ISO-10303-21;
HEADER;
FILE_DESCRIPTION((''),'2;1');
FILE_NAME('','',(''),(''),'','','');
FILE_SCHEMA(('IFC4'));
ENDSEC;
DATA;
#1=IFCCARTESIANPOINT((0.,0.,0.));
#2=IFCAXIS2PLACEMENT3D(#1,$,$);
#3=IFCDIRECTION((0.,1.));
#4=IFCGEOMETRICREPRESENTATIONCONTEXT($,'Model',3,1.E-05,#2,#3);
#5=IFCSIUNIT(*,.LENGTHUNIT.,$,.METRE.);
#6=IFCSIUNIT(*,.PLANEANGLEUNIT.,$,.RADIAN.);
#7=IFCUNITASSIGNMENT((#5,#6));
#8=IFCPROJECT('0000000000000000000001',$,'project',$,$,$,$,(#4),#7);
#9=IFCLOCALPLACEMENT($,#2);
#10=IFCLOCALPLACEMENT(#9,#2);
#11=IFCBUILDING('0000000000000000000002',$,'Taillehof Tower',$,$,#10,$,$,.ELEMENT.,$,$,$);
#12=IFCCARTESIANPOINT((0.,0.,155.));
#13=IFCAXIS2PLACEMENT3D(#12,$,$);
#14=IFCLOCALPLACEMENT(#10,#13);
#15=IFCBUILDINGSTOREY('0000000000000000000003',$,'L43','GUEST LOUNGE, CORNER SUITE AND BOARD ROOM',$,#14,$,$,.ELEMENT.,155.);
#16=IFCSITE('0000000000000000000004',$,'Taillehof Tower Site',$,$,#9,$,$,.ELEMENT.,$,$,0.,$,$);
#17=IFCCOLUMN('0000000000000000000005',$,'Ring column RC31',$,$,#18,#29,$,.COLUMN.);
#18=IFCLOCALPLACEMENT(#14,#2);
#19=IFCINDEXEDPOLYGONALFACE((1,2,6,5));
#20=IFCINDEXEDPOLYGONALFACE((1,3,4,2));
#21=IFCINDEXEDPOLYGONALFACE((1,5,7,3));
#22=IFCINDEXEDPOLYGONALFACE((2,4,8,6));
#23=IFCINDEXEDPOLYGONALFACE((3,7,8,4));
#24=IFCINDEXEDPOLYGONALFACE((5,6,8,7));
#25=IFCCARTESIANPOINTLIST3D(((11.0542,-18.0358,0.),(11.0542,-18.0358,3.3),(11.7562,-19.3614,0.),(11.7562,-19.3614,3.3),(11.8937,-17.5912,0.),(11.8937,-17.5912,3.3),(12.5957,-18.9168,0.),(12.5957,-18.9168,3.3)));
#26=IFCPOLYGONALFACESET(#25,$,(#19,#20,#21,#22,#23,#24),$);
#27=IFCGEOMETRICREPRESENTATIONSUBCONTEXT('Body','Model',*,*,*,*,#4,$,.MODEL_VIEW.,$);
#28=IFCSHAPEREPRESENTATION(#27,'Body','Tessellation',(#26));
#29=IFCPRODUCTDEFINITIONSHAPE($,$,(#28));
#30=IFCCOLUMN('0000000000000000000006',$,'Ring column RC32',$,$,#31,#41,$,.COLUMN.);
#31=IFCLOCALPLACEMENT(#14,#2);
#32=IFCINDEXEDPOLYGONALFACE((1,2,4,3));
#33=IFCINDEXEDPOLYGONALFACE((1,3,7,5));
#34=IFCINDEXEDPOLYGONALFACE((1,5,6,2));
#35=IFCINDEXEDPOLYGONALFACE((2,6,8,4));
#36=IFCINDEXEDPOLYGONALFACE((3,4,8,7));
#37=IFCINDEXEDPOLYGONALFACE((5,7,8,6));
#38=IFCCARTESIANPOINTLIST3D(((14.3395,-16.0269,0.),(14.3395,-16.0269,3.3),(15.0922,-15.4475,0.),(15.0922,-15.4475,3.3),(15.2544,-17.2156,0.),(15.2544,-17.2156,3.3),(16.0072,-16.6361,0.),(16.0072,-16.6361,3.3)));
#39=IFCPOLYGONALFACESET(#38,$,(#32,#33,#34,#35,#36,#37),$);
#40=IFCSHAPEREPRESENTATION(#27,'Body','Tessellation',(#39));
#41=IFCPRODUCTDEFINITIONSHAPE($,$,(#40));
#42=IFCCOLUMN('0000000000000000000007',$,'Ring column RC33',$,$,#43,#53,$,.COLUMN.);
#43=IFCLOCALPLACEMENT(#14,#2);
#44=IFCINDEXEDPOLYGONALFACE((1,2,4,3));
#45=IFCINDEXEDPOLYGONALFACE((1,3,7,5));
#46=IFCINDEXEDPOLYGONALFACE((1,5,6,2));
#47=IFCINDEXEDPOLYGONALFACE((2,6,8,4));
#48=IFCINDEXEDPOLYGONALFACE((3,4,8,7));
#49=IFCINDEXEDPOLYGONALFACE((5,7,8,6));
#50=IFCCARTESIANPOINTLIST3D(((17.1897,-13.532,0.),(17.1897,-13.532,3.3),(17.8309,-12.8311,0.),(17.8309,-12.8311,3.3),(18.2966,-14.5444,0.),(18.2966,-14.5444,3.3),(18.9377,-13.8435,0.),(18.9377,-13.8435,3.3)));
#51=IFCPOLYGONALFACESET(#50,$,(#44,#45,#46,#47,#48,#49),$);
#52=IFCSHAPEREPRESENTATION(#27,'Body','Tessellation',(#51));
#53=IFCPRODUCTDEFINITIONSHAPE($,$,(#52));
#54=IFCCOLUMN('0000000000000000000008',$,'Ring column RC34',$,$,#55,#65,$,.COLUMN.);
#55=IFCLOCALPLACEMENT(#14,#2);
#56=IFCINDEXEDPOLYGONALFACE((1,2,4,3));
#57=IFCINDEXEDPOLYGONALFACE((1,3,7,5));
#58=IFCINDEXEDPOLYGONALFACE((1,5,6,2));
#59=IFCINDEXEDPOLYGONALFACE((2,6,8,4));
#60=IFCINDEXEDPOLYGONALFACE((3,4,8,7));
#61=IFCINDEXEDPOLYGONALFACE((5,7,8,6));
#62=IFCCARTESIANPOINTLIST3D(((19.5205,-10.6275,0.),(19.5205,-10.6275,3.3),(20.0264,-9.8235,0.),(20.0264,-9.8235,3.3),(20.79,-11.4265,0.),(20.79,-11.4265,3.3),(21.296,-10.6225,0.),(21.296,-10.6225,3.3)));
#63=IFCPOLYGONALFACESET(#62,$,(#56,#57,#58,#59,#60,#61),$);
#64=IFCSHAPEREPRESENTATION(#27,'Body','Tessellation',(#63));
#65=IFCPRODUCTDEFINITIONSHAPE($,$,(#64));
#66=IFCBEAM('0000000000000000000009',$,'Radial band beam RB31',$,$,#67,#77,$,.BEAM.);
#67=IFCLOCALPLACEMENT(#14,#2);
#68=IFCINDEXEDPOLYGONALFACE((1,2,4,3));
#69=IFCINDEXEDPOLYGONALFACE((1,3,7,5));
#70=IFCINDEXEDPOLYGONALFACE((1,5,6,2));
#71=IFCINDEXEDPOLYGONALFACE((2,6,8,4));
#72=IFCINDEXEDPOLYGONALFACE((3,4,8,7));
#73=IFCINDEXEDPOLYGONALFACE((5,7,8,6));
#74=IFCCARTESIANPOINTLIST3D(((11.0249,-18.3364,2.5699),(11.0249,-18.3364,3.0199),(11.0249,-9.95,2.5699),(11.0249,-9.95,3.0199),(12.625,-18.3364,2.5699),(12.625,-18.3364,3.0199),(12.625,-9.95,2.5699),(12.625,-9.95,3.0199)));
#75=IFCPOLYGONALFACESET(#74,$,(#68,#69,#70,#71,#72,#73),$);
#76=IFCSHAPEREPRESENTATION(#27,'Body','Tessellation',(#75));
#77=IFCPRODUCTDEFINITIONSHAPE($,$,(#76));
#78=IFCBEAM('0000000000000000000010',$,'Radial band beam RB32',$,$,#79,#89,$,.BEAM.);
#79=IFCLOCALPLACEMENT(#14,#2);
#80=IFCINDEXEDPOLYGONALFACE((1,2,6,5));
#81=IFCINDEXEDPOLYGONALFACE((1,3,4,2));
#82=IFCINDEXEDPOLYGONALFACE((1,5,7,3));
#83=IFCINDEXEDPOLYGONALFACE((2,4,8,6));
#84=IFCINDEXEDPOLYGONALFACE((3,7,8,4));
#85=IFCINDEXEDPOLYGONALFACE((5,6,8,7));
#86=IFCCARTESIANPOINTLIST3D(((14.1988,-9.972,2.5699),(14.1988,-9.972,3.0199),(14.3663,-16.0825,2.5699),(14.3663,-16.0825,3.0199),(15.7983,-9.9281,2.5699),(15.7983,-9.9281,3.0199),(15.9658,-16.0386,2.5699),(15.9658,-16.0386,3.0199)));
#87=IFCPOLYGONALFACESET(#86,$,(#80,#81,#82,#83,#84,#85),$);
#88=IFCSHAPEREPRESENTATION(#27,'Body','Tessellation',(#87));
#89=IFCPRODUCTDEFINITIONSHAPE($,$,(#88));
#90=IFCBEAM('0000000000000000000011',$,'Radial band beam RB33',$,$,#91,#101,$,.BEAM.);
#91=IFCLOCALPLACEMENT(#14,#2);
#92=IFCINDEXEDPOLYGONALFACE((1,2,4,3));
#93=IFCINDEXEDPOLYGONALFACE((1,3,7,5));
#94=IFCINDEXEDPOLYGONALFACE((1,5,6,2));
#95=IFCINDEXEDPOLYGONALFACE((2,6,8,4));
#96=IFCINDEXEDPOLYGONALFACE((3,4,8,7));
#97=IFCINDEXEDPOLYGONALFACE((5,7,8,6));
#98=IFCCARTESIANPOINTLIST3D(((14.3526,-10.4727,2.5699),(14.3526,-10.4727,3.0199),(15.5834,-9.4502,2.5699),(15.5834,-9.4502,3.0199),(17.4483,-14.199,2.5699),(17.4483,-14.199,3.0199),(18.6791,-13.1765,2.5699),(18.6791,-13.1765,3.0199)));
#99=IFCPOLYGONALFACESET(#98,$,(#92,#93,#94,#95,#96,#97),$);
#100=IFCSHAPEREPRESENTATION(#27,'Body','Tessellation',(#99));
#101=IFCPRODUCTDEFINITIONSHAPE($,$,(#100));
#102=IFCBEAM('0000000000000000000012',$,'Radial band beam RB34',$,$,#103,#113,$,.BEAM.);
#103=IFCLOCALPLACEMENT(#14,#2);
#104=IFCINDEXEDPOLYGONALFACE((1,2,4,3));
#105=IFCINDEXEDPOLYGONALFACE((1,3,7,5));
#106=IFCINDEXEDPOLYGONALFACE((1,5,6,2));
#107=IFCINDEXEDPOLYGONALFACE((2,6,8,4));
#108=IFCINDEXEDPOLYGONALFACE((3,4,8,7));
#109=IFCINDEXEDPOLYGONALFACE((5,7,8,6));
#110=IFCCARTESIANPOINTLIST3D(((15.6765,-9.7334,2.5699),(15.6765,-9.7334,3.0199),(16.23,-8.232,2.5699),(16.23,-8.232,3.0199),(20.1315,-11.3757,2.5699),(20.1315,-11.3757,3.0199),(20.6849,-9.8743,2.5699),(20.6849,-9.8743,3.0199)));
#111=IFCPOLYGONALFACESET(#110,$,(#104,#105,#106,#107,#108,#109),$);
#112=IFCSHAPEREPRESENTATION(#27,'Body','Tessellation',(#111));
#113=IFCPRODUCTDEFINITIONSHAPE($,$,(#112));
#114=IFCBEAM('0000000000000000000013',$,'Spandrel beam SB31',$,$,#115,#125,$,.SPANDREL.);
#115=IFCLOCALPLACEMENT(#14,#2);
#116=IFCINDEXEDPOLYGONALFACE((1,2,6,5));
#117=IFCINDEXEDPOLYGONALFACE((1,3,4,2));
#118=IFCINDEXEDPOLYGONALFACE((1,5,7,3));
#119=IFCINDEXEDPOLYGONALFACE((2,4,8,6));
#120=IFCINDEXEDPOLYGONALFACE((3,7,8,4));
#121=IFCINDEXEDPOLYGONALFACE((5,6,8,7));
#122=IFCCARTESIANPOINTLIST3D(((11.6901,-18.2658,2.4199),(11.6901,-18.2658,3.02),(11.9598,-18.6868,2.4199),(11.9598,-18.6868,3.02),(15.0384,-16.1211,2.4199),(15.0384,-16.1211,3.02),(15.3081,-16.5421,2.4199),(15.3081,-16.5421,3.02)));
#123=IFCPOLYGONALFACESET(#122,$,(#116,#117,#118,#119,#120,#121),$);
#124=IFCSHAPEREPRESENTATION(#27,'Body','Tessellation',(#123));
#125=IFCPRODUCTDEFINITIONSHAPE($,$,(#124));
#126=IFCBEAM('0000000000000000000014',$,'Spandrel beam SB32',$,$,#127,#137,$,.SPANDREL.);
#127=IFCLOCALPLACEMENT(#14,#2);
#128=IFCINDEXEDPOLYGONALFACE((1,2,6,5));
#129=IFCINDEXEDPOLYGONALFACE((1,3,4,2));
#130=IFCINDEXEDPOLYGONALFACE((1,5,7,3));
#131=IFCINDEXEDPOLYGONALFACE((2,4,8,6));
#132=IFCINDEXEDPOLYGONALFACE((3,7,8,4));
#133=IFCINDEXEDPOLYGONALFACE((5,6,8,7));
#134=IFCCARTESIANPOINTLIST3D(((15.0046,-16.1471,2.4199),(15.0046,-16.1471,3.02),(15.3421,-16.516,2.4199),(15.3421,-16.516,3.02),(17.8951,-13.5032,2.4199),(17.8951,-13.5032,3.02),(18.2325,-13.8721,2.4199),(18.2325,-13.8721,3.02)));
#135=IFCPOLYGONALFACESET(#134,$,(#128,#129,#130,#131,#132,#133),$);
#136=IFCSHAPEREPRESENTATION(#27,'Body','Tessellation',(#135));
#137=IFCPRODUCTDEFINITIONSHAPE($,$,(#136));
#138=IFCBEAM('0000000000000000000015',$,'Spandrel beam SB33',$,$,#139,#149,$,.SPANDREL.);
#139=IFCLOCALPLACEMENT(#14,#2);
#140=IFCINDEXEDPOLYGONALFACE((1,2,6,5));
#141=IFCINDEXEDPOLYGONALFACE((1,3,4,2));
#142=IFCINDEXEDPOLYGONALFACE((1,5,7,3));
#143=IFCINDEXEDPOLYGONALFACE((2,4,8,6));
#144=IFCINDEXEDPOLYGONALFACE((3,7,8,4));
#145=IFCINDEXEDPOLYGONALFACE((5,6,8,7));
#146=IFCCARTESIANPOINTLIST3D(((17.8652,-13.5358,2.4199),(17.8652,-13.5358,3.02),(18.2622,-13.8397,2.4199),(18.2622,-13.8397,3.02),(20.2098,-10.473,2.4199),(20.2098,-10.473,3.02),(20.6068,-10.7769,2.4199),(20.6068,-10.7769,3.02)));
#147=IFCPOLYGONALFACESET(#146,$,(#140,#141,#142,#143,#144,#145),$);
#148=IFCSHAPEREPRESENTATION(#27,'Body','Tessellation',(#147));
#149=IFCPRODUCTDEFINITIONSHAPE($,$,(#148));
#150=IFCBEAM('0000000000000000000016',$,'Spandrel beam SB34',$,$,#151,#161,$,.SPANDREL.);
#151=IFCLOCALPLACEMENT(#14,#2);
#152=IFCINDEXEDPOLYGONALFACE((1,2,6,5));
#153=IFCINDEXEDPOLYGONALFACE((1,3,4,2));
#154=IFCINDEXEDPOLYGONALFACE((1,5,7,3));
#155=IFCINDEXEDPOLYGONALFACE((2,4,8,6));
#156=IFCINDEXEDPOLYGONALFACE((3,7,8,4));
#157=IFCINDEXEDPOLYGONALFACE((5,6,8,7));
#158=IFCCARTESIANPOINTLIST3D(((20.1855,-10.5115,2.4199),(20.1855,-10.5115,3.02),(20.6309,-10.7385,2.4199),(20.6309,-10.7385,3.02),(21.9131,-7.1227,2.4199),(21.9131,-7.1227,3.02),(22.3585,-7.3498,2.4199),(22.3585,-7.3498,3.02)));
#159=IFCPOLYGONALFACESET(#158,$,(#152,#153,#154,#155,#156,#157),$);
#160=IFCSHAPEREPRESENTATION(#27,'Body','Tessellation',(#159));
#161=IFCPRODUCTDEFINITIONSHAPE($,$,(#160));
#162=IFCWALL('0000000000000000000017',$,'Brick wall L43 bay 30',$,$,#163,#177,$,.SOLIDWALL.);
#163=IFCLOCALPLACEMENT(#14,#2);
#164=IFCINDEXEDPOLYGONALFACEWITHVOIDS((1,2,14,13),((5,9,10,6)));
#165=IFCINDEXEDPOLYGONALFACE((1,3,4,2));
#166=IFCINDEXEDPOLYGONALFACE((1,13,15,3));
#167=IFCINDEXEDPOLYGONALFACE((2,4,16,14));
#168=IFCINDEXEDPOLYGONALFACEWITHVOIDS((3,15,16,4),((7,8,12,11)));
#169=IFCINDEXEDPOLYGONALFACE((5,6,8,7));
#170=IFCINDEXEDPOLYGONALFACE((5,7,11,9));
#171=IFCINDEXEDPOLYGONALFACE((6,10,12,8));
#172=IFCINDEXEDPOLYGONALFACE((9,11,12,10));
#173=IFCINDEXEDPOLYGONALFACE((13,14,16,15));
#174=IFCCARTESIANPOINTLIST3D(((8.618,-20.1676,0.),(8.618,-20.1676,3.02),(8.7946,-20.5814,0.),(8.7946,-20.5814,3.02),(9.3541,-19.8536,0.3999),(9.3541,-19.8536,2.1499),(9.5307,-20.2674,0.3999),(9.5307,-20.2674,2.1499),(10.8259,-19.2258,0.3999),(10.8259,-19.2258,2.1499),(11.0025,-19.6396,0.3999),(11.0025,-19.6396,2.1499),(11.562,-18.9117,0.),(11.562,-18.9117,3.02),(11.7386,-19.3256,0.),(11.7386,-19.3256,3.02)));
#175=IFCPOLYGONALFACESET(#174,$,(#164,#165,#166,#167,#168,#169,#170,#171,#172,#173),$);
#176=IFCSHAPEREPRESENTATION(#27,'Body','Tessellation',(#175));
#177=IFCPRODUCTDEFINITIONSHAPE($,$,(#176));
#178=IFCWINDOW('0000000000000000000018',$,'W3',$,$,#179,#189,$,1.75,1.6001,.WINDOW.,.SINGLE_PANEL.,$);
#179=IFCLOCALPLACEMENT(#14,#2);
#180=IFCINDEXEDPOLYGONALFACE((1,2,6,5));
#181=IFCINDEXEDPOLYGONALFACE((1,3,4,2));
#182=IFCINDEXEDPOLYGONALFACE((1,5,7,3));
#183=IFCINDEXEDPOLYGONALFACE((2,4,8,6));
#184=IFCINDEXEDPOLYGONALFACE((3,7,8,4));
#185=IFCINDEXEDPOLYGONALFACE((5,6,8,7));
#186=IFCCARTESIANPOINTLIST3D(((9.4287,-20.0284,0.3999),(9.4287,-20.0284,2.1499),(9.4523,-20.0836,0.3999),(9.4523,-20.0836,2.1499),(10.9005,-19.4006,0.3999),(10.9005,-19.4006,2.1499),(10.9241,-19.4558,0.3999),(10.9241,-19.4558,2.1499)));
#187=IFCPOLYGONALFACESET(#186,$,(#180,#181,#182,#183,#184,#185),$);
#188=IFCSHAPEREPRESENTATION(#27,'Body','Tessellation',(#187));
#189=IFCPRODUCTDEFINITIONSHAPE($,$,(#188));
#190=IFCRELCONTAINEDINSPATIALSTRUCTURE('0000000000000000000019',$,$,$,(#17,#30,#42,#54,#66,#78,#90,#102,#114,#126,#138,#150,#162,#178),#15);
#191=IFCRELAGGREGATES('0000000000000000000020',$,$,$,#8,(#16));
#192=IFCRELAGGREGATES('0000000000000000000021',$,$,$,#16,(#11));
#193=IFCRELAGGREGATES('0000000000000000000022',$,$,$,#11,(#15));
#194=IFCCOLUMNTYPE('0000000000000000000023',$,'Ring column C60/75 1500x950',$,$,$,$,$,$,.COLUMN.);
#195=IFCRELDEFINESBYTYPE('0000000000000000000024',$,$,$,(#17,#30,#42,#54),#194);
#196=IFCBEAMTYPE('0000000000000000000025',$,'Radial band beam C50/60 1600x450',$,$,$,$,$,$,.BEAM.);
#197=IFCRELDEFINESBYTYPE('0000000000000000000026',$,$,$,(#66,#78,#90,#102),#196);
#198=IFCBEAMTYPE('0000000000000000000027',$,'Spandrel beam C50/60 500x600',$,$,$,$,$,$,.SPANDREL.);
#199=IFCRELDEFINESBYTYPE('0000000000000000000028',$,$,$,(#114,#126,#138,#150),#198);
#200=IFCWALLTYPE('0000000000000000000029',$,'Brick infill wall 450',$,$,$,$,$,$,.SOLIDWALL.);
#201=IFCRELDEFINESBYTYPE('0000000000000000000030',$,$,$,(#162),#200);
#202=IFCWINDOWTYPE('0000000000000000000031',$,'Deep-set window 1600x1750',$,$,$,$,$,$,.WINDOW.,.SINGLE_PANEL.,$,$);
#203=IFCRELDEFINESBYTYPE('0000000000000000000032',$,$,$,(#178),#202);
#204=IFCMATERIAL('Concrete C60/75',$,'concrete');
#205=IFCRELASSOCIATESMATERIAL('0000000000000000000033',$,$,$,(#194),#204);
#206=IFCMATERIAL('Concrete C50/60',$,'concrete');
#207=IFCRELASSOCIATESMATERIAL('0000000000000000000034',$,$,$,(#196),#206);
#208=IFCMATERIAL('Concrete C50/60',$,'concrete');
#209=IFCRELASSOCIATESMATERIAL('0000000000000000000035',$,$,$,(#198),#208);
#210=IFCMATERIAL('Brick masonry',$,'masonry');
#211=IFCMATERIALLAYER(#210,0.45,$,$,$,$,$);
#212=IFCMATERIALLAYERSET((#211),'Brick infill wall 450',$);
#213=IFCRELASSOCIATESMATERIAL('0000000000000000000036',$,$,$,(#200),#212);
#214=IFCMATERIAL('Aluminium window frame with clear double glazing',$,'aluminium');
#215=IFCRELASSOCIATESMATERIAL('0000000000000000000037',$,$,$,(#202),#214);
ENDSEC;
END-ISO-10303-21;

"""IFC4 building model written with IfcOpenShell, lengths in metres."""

from ifc_helpers import new_model, si_unit, direction, frame, frame_2d, origin, origin_2d, place, context, subcontext, project, spatial, rectangle, extrude, material, layer, layer_set, material_profile, profile_set, type_object, element, fill, save


model = new_model("IFC4")

# Units and contexts
model_context = context("Model", 3, precision=1e-05, world=origin(), true_north=direction((0.0, 1.0)))
body_context = subcontext(model_context, "Body", "Model", "MODEL_VIEW")
ifc_project = project(units=[si_unit("LENGTHUNIT", "METRE"), si_unit("PLANEANGLEUNIT", "RADIAN")], contexts=[model_context])

# Site, building, storey
site_placement = place(None, origin())
site = spatial("IfcSite", under=ifc_project, at=site_placement, Name="Taillehof Tower Site", CompositionType="ELEMENT", RefElevation=0.0)
building_placement = place(site_placement, origin())
building = spatial("IfcBuilding", under=site, at=building_placement, Name="Taillehof Tower", CompositionType="ELEMENT")
storey_placement = place(building_placement, frame((0.0, 0.0, 155.0)))
storey = spatial("IfcBuildingStorey", under=building, at=storey_placement, Name="L43", Description="GUEST LOUNGE, CORNER SUITE AND BOARD ROOM", CompositionType="ELEMENT", Elevation=155.0)

# Columns
ifc_material_1 = material(Name="Concrete C60/75", Category="concrete")
ifc_material_profile_1 = material_profile(ifc_material_1, rectangle(XDim=1.5, YDim=0.95, at=origin_2d()), Name="RC 1500x950")
ifc_profile_set_1 = profile_set([ifc_material_profile_1], Name="Concrete C60/75")
column_type = type_object("IfcColumnType", Name="Ring column C60/75 1500x950", PredefinedType="COLUMN", material=ifc_profile_set_1)
for number, where, z_axis, x_axis, name in (
    (1, (11.825, -18.4763, 0.0), (0.0, 0.0, 1.0), (0.468042, -0.883706, 0.0), "Ring column RC31"),
    (2, (15.1733, -16.3315, 0.0), (0.0, 0.0, 1.0), (0.609971, -0.792424, 0.0), "Ring column RC32"),
    (3, (18.0637, -13.6877, 0.0), (0.0, 0.0, 1.0), (0.737879, -0.674933, 0.0), "Ring column RC33"),
    (4, (20.4082, -10.625, 0.0), (0.0, 0.0, 1.0), (0.846334, -0.532652, 0.0), "Ring column RC34"),
):
    element("IfcColumn", number, at=place(storey_placement, frame(where, z_axis=z_axis, x_axis=x_axis)), inside=storey, type_object=column_type, Name=name, PredefinedType="COLUMN", context=body_context, shape_type="SweptSolid", body=[
        extrude(rectangle(XDim=1.5, YDim=0.95, at=origin_2d()), origin(), (0.0, 0.0, 1.0), 3.3),
    ])

# Beams
ifc_material_2 = material(Name="Concrete C50/60", Category="concrete")
ifc_material_profile_2 = material_profile(ifc_material_2, rectangle(XDim=1.6001, YDim=0.45, at=origin_2d()), Name="RC 1600x450")
ifc_profile_set_2 = profile_set([ifc_material_profile_2], Name="Concrete C50/60")
beam_type_1 = type_object("IfcBeamType", Name="Radial band beam C50/60 1600x450", PredefinedType="BEAM", material=ifc_profile_set_2)
beam_1_placement = place(storey_placement, frame((11.825, -18.3364, 2.7949), z_axis=(0.0, 1.0, 0.0), x_axis=(-1.0, 0.0, 0.0)))
element("IfcBeam", 5, at=beam_1_placement, inside=storey, type_object=beam_type_1, Name="Radial band beam RB31", PredefinedType="BEAM", context=body_context, shape_type="SweptSolid", body=[
    extrude(rectangle(XDim=1.6001, YDim=0.45, at=origin_2d()), origin(), (0.0, 0.0, 1.0), 8.3865),
])
beam_2_placement = place(storey_placement, frame((15.166, -16.0605, 2.7949), z_axis=(-0.027398, 0.999625, 0.0), x_axis=(-0.999625, -0.027398, 0.0)))
element("IfcBeam", 6, at=beam_2_placement, inside=storey, type_object=beam_type_1, Name="Radial band beam RB32", PredefinedType="BEAM", context=body_context, shape_type="SweptSolid", body=[
    extrude(rectangle(XDim=1.6001, YDim=0.45, at=origin_2d()), origin(), (0.0, 0.0, 1.0), 6.1128),
])
beam_3_placement = place(storey_placement, frame((18.0637, -13.6877, 2.7949), z_axis=(-0.639019, 0.769191, 0.0), x_axis=(-0.769191, -0.639019, 0.0)))
element("IfcBeam", 7, at=beam_3_placement, inside=storey, type_object=beam_type_1, Name="Radial band beam RB33", PredefinedType="BEAM", context=body_context, shape_type="SweptSolid", body=[
    extrude(rectangle(XDim=1.6001, YDim=0.45, at=origin_2d()), origin(), (0.0, 0.0, 1.0), 4.8445),
])
beam_4_placement = place(storey_placement, frame((20.4082, -10.625, 2.7949), z_axis=(-0.938276, 0.345889, 0.0), x_axis=(-0.345889, -0.938276, 0.0)))
element("IfcBeam", 8, at=beam_4_placement, inside=storey, type_object=beam_type_1, Name="Radial band beam RB34", PredefinedType="BEAM", context=body_context, shape_type="SweptSolid", body=[
    extrude(rectangle(XDim=1.6001, YDim=0.45, at=origin_2d()), origin(), (0.0, 0.0, 1.0), 4.748),
])
ifc_material_3 = material(Name="Concrete C50/60", Category="concrete")
ifc_material_profile_3 = material_profile(ifc_material_3, rectangle(XDim=0.5, YDim=0.6001, at=origin_2d()), Name="RC 500x600")
ifc_profile_set_3 = profile_set([ifc_material_profile_3], Name="Concrete C50/60")
beam_type_2 = type_object("IfcBeamType", Name="Spandrel beam C50/60 500x600", PredefinedType="SPANDREL", material=ifc_profile_set_3)
beam_5_placement = place(storey_placement, frame((11.825, -18.4763, 2.72), z_axis=(0.842065, 0.539376, 0.0), x_axis=(-0.539376, 0.842065, 0.0)))
element("IfcBeam", 9, at=beam_5_placement, inside=storey, type_object=beam_type_2, Name="Spandrel beam SB31", PredefinedType="SPANDREL", context=body_context, shape_type="SweptSolid", body=[
    extrude(rectangle(XDim=0.5, YDim=0.6001, at=origin_2d()), origin(), (0.0, 0.0, 1.0), 3.9763),
])
beam_6_placement = place(storey_placement, frame((15.1733, -16.3315, 2.72), z_axis=(0.737881, 0.674931, 0.0), x_axis=(-0.674931, 0.737881, 0.0)))
element("IfcBeam", 10, at=beam_6_placement, inside=storey, type_object=beam_type_2, Name="Spandrel beam SB32", PredefinedType="SPANDREL", context=body_context, shape_type="SweptSolid", body=[
    extrude(rectangle(XDim=0.5, YDim=0.6001, at=origin_2d()), origin(), (0.0, 0.0, 1.0), 3.9172),
])
beam_7_placement = place(storey_placement, frame((18.0637, -13.6877, 2.72), z_axis=(0.60784, 0.794059, 0.0), x_axis=(-0.794059, 0.60784, 0.0)))
element("IfcBeam", 11, at=beam_7_placement, inside=storey, type_object=beam_type_2, Name="Spandrel beam SB33", PredefinedType="SPANDREL", context=body_context, shape_type="SweptSolid", body=[
    extrude(rectangle(XDim=0.5, YDim=0.6001, at=origin_2d()), origin(), (0.0, 0.0, 1.0), 3.8572),
])
beam_8_placement = place(storey_placement, frame((20.4082, -10.625, 2.72), z_axis=(0.454183, 0.890908, 0.0), x_axis=(-0.890908, 0.454183, 0.0)))
element("IfcBeam", 12, at=beam_8_placement, inside=storey, type_object=beam_type_2, Name="Spandrel beam SB34", PredefinedType="SPANDREL", context=body_context, shape_type="SweptSolid", body=[
    extrude(rectangle(XDim=0.5, YDim=0.6001, at=origin_2d()), origin(), (0.0, 0.0, 1.0), 3.8037),
])

# Wall, opening, window
ifc_material_4 = material(Name="Brick masonry", Category="masonry")
ifc_layer_1 = layer(ifc_material_4, 0.45)
ifc_layer_set_1 = layer_set([ifc_layer_1], Name="Brick infill wall 450")
wall_type_1 = type_object("IfcWallType", Name="Brick infill wall 450", PredefinedType="SOLIDWALL", material=ifc_layer_set_1)
wall_1_placement = place(storey_placement, frame((8.7063, -20.3745, 0.0), z_axis=(0.0, 0.0, 1.0), x_axis=(0.91981, 0.392363, 0.0)))
wall_1 = element("IfcWall", 13, at=wall_1_placement, inside=storey, type_object=wall_type_1, Name="Brick wall L43 bay 30", PredefinedType="SOLIDWALL", context=body_context, shape_type="SweptSolid", body=[
    extrude(rectangle(XDim=3.2007, YDim=0.45, at=frame_2d((1.6003, 0.0))), origin(), (0.0, 0.0, 1.0), 3.02),
])
opening_1_placement = place(wall_1_placement, frame((0.8003, 0.0, 0.3999)))
opening_1 = element("IfcOpeningElement", 14, at=opening_1_placement, cuts=wall_1, PredefinedType="OPENING", context=body_context, shape_type="SweptSolid", body=[
    extrude(rectangle(XDim=1.6001, YDim=1.75, at=frame_2d((0.8, 0.875))), frame((0.0, 0.2349, 0.0), z_axis=(0.0, -1.0, 0.0), x_axis=(1.0, 0.0, 0.0)), (0.0, 0.0, 1.0), 0.47),
])
ifc_material_5 = material(Name="Aluminium window frame with clear double glazing", Category="aluminium")
window_type_1 = type_object("IfcWindowType", Name="Deep-set window 1600x1750", PartitioningType="SINGLE_PANEL", PredefinedType="WINDOW", material=ifc_material_5)
window_1_placement = place(opening_1_placement, origin())
window_1 = element("IfcWindow", 15, at=window_1_placement, inside=storey, type_object=window_type_1, Name="W3", OverallHeight=1.75, OverallWidth=1.6001, PartitioningType="SINGLE_PANEL", PredefinedType="WINDOW", context=body_context, shape_type="SweptSolid", body=[
    extrude(rectangle(XDim=1.6001, YDim=1.75, at=frame_2d((0.8, 0.875))), frame((0.0, 0.0349, 0.0), z_axis=(0.0, -1.0, 0.0), x_axis=(1.0, 0.0, 0.0)), (0.0, 0.0, 1.0), 0.0601),
])
fill(opening_1, window_1)

save(model, "model.ifc")
